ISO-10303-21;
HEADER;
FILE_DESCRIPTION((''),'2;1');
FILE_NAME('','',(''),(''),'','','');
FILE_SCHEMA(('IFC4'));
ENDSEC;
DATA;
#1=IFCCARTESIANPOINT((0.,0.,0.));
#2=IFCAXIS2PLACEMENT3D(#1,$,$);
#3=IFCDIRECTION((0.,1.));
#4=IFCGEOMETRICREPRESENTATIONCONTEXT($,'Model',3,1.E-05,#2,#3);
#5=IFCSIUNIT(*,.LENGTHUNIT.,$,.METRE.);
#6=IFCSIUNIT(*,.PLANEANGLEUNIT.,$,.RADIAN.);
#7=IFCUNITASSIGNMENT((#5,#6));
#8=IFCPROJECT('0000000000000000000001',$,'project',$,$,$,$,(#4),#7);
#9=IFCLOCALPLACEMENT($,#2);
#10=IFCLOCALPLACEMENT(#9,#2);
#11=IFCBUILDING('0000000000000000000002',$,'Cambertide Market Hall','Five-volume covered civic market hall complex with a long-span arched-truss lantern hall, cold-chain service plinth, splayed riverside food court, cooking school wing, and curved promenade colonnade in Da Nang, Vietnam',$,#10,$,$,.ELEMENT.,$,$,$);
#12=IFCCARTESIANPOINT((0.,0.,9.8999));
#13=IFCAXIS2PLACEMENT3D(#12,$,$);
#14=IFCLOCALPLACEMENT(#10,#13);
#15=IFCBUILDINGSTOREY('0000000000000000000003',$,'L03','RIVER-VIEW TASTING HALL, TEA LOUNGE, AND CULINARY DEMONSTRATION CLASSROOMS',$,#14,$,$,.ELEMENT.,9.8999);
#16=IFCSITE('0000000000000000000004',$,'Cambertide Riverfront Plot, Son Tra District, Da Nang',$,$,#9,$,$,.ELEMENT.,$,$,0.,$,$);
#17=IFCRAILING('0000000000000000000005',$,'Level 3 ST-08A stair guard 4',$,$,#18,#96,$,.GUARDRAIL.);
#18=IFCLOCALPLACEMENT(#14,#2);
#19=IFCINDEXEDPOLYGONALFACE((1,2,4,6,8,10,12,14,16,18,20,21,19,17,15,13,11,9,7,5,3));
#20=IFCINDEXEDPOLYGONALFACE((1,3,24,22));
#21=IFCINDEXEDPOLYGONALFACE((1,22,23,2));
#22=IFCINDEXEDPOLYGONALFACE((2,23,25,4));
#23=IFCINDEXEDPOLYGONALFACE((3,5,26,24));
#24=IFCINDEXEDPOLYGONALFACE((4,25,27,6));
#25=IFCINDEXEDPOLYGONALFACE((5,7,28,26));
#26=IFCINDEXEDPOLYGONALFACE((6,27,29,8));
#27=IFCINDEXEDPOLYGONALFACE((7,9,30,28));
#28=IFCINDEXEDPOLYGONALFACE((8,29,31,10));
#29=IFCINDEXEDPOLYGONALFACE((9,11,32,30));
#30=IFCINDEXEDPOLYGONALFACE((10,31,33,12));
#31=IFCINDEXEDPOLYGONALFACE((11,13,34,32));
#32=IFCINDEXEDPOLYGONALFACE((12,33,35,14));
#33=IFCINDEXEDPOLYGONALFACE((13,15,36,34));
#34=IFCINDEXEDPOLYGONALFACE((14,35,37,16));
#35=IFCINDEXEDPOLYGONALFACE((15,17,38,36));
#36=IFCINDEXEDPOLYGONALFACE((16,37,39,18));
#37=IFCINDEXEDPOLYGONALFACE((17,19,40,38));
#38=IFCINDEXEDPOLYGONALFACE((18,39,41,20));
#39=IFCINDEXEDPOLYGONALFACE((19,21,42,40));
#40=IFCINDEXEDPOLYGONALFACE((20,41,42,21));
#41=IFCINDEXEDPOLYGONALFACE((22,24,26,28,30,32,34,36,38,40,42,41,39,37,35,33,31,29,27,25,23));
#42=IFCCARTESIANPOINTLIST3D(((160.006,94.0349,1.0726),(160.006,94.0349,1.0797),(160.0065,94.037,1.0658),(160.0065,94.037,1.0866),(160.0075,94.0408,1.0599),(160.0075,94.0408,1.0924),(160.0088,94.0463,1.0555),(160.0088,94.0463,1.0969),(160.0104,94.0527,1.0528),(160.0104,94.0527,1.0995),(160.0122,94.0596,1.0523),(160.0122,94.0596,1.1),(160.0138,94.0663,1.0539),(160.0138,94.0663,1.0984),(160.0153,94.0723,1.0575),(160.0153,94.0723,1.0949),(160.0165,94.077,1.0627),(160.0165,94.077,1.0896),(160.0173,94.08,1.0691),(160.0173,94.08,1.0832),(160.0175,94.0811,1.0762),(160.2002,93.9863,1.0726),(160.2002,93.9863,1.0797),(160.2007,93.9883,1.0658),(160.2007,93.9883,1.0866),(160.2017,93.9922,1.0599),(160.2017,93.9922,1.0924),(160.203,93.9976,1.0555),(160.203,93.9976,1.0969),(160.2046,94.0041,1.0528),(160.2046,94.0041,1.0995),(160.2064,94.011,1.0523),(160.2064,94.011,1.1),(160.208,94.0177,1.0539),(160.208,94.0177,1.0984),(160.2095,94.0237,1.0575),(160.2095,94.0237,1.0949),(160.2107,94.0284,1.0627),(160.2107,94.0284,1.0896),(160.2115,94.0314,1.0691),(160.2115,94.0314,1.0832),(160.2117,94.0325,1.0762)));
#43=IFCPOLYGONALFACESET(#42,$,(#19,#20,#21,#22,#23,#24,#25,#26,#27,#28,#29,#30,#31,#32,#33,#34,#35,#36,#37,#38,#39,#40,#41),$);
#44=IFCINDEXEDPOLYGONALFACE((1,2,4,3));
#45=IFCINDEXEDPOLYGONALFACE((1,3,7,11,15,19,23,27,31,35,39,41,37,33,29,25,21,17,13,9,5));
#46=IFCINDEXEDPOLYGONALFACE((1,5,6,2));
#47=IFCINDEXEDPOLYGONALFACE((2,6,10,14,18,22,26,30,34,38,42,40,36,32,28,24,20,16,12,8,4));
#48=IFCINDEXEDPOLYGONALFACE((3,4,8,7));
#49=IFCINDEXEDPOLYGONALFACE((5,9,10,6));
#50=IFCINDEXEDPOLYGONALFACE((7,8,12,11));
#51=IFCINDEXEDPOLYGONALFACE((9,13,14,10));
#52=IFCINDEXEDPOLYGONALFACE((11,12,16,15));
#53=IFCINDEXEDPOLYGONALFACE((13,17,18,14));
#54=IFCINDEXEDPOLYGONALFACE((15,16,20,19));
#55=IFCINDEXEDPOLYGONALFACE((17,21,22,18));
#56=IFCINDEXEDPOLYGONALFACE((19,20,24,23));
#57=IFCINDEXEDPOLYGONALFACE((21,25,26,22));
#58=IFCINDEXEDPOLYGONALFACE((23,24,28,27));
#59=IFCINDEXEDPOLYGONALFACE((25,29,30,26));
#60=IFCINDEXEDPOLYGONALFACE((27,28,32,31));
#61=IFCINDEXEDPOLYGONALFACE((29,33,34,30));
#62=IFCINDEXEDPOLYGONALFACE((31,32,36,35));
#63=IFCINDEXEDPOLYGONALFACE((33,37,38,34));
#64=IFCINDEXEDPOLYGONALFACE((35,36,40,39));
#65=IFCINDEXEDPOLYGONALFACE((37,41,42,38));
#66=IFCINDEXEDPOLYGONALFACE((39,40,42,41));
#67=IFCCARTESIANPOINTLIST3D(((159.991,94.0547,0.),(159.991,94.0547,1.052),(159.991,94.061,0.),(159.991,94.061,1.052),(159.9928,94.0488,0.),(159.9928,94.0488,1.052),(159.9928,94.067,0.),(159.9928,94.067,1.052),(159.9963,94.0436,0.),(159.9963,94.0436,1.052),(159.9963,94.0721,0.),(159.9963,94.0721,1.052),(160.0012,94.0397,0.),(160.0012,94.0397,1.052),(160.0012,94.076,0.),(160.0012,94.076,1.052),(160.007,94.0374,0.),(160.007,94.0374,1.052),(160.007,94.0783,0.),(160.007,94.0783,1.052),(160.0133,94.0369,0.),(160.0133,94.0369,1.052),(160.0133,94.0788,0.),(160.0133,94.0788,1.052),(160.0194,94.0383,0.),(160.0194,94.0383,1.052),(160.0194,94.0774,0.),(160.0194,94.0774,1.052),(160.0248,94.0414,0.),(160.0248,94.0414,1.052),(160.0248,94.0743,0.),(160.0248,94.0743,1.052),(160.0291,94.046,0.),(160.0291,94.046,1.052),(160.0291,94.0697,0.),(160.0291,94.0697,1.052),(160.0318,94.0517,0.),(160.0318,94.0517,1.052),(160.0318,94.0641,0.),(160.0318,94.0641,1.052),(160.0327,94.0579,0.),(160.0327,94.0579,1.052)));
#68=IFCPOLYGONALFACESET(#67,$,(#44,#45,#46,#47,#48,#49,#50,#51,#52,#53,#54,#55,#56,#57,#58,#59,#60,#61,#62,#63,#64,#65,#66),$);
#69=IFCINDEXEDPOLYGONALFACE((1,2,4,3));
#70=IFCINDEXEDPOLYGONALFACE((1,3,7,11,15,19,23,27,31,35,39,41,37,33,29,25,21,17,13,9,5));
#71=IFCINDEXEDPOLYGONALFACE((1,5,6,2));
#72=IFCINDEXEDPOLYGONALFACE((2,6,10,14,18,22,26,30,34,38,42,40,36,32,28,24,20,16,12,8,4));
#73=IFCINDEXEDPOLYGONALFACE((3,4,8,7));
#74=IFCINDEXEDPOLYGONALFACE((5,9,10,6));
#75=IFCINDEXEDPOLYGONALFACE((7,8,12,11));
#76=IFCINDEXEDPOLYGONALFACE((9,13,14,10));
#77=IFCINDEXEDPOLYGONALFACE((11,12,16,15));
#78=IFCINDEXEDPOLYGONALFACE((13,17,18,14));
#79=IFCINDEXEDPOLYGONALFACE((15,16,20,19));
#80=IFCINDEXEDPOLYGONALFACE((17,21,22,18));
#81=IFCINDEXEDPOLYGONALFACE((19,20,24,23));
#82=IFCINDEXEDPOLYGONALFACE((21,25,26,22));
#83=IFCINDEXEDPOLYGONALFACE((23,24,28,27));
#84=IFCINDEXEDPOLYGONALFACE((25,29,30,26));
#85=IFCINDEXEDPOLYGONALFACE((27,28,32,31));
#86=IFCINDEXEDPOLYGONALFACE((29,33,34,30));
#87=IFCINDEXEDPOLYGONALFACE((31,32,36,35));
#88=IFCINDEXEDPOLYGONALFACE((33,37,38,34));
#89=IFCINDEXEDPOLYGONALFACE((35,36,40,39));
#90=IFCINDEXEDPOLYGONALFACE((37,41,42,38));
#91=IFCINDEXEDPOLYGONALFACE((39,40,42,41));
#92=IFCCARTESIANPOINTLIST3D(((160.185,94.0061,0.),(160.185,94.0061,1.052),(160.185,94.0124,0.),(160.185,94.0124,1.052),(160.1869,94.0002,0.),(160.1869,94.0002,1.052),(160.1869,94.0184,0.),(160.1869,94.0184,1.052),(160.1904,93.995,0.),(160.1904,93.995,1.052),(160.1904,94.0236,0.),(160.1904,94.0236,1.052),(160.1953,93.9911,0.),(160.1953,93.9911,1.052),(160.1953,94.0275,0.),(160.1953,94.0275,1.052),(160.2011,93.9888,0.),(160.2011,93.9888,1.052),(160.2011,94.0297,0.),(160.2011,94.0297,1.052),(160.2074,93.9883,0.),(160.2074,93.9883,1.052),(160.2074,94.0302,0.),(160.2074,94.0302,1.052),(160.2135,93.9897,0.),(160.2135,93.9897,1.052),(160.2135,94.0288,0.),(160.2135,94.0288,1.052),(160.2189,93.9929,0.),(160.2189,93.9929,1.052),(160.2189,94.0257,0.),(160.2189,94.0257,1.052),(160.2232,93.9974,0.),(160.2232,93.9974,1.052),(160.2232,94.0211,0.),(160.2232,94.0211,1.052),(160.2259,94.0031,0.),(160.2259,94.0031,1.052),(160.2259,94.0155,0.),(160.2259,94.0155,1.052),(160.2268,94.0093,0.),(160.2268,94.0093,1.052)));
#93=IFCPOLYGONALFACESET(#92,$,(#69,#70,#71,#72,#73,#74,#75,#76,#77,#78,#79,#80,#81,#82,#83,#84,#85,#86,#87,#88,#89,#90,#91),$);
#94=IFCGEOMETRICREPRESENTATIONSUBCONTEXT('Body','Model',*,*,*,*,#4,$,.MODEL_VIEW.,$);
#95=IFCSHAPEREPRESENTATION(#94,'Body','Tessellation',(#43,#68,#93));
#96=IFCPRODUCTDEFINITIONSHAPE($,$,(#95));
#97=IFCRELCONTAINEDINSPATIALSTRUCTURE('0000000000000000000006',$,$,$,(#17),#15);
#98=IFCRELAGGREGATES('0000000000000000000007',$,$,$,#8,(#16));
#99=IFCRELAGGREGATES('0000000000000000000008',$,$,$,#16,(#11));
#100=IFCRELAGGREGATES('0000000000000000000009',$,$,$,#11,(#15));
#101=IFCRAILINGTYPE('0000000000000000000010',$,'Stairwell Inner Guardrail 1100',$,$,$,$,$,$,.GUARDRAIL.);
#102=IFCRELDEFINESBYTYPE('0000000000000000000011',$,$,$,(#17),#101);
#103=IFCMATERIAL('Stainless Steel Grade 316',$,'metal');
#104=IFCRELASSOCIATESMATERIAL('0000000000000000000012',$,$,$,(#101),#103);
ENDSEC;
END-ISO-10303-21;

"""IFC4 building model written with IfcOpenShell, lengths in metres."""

from ifc_helpers import new_model, si_unit, direction, frame, origin, origin_2d, place, context, subcontext, project, spatial, circle, extrude, material, type_object, element, save


model = new_model("IFC4")

# Units and contexts
model_context = context("Model", 3, precision=1e-05, world=origin(), true_north=direction((0.0, 1.0)))
body_context = subcontext(model_context, "Body", "Model", "MODEL_VIEW")
ifc_project = project(units=[si_unit("LENGTHUNIT", "METRE"), si_unit("PLANEANGLEUNIT", "RADIAN")], contexts=[model_context])

# Site, building, storey
site_placement = place(None, origin())
site = spatial("IfcSite", under=ifc_project, at=site_placement, Name="Cambertide Riverfront Plot, Son Tra District, Da Nang", CompositionType="ELEMENT", RefElevation=0.0)
building_placement = place(site_placement, origin())
building = spatial("IfcBuilding", under=site, at=building_placement, Name="Cambertide Market Hall", Description="Five-volume covered civic market hall complex with a long-span arched-truss lantern hall, cold-chain service plinth, splayed riverside food court, cooking school wing, and curved promenade colonnade in Da Nang, Vietnam", CompositionType="ELEMENT")
storey_placement = place(building_placement, frame((0.0, 0.0, 9.8999)))
storey = spatial("IfcBuildingStorey", under=building, at=storey_placement, Name="L03", Description="RIVER-VIEW TASTING HALL, TEA LOUNGE, AND CULINARY DEMONSTRATION CLASSROOMS", CompositionType="ELEMENT", Elevation=9.8999)

# Railing
ifc_material_1 = material(Name="Stainless Steel Grade 316", Category="metal")
railing_type_1 = type_object("IfcRailingType", Name="Stairwell Inner Guardrail 1100", PredefinedType="GUARDRAIL", material=ifc_material_1)
railing_1_placement = place(storey_placement, frame((160.0117, 94.0579, 0.0)))
element("IfcRailing", 1, at=railing_1_placement, inside=storey, type_object=railing_type_1, Name="Level 3 ST-08A stair guard 4", PredefinedType="GUARDRAIL", context=body_context, shape_type="SweptSolid", body=[
    extrude(circle(Radius=0.0239, at=origin_2d()), frame((0.0, 0.0, 1.0762), z_axis=(0.970071, -0.242823, 0.0), x_axis=(0.242823, 0.970071, 0.0)), (0.0, 0.0, 1.0), 0.2002),
    extrude(circle(Radius=0.021, at=origin_2d()), origin(), (0.0, 0.0, 1.0), 1.052),
    extrude(circle(Radius=0.021, at=origin_2d()), frame((0.1941, -0.0486, 0.0)), (0.0, 0.0, 1.0), 1.052),
])

save(model, "model.ifc")
